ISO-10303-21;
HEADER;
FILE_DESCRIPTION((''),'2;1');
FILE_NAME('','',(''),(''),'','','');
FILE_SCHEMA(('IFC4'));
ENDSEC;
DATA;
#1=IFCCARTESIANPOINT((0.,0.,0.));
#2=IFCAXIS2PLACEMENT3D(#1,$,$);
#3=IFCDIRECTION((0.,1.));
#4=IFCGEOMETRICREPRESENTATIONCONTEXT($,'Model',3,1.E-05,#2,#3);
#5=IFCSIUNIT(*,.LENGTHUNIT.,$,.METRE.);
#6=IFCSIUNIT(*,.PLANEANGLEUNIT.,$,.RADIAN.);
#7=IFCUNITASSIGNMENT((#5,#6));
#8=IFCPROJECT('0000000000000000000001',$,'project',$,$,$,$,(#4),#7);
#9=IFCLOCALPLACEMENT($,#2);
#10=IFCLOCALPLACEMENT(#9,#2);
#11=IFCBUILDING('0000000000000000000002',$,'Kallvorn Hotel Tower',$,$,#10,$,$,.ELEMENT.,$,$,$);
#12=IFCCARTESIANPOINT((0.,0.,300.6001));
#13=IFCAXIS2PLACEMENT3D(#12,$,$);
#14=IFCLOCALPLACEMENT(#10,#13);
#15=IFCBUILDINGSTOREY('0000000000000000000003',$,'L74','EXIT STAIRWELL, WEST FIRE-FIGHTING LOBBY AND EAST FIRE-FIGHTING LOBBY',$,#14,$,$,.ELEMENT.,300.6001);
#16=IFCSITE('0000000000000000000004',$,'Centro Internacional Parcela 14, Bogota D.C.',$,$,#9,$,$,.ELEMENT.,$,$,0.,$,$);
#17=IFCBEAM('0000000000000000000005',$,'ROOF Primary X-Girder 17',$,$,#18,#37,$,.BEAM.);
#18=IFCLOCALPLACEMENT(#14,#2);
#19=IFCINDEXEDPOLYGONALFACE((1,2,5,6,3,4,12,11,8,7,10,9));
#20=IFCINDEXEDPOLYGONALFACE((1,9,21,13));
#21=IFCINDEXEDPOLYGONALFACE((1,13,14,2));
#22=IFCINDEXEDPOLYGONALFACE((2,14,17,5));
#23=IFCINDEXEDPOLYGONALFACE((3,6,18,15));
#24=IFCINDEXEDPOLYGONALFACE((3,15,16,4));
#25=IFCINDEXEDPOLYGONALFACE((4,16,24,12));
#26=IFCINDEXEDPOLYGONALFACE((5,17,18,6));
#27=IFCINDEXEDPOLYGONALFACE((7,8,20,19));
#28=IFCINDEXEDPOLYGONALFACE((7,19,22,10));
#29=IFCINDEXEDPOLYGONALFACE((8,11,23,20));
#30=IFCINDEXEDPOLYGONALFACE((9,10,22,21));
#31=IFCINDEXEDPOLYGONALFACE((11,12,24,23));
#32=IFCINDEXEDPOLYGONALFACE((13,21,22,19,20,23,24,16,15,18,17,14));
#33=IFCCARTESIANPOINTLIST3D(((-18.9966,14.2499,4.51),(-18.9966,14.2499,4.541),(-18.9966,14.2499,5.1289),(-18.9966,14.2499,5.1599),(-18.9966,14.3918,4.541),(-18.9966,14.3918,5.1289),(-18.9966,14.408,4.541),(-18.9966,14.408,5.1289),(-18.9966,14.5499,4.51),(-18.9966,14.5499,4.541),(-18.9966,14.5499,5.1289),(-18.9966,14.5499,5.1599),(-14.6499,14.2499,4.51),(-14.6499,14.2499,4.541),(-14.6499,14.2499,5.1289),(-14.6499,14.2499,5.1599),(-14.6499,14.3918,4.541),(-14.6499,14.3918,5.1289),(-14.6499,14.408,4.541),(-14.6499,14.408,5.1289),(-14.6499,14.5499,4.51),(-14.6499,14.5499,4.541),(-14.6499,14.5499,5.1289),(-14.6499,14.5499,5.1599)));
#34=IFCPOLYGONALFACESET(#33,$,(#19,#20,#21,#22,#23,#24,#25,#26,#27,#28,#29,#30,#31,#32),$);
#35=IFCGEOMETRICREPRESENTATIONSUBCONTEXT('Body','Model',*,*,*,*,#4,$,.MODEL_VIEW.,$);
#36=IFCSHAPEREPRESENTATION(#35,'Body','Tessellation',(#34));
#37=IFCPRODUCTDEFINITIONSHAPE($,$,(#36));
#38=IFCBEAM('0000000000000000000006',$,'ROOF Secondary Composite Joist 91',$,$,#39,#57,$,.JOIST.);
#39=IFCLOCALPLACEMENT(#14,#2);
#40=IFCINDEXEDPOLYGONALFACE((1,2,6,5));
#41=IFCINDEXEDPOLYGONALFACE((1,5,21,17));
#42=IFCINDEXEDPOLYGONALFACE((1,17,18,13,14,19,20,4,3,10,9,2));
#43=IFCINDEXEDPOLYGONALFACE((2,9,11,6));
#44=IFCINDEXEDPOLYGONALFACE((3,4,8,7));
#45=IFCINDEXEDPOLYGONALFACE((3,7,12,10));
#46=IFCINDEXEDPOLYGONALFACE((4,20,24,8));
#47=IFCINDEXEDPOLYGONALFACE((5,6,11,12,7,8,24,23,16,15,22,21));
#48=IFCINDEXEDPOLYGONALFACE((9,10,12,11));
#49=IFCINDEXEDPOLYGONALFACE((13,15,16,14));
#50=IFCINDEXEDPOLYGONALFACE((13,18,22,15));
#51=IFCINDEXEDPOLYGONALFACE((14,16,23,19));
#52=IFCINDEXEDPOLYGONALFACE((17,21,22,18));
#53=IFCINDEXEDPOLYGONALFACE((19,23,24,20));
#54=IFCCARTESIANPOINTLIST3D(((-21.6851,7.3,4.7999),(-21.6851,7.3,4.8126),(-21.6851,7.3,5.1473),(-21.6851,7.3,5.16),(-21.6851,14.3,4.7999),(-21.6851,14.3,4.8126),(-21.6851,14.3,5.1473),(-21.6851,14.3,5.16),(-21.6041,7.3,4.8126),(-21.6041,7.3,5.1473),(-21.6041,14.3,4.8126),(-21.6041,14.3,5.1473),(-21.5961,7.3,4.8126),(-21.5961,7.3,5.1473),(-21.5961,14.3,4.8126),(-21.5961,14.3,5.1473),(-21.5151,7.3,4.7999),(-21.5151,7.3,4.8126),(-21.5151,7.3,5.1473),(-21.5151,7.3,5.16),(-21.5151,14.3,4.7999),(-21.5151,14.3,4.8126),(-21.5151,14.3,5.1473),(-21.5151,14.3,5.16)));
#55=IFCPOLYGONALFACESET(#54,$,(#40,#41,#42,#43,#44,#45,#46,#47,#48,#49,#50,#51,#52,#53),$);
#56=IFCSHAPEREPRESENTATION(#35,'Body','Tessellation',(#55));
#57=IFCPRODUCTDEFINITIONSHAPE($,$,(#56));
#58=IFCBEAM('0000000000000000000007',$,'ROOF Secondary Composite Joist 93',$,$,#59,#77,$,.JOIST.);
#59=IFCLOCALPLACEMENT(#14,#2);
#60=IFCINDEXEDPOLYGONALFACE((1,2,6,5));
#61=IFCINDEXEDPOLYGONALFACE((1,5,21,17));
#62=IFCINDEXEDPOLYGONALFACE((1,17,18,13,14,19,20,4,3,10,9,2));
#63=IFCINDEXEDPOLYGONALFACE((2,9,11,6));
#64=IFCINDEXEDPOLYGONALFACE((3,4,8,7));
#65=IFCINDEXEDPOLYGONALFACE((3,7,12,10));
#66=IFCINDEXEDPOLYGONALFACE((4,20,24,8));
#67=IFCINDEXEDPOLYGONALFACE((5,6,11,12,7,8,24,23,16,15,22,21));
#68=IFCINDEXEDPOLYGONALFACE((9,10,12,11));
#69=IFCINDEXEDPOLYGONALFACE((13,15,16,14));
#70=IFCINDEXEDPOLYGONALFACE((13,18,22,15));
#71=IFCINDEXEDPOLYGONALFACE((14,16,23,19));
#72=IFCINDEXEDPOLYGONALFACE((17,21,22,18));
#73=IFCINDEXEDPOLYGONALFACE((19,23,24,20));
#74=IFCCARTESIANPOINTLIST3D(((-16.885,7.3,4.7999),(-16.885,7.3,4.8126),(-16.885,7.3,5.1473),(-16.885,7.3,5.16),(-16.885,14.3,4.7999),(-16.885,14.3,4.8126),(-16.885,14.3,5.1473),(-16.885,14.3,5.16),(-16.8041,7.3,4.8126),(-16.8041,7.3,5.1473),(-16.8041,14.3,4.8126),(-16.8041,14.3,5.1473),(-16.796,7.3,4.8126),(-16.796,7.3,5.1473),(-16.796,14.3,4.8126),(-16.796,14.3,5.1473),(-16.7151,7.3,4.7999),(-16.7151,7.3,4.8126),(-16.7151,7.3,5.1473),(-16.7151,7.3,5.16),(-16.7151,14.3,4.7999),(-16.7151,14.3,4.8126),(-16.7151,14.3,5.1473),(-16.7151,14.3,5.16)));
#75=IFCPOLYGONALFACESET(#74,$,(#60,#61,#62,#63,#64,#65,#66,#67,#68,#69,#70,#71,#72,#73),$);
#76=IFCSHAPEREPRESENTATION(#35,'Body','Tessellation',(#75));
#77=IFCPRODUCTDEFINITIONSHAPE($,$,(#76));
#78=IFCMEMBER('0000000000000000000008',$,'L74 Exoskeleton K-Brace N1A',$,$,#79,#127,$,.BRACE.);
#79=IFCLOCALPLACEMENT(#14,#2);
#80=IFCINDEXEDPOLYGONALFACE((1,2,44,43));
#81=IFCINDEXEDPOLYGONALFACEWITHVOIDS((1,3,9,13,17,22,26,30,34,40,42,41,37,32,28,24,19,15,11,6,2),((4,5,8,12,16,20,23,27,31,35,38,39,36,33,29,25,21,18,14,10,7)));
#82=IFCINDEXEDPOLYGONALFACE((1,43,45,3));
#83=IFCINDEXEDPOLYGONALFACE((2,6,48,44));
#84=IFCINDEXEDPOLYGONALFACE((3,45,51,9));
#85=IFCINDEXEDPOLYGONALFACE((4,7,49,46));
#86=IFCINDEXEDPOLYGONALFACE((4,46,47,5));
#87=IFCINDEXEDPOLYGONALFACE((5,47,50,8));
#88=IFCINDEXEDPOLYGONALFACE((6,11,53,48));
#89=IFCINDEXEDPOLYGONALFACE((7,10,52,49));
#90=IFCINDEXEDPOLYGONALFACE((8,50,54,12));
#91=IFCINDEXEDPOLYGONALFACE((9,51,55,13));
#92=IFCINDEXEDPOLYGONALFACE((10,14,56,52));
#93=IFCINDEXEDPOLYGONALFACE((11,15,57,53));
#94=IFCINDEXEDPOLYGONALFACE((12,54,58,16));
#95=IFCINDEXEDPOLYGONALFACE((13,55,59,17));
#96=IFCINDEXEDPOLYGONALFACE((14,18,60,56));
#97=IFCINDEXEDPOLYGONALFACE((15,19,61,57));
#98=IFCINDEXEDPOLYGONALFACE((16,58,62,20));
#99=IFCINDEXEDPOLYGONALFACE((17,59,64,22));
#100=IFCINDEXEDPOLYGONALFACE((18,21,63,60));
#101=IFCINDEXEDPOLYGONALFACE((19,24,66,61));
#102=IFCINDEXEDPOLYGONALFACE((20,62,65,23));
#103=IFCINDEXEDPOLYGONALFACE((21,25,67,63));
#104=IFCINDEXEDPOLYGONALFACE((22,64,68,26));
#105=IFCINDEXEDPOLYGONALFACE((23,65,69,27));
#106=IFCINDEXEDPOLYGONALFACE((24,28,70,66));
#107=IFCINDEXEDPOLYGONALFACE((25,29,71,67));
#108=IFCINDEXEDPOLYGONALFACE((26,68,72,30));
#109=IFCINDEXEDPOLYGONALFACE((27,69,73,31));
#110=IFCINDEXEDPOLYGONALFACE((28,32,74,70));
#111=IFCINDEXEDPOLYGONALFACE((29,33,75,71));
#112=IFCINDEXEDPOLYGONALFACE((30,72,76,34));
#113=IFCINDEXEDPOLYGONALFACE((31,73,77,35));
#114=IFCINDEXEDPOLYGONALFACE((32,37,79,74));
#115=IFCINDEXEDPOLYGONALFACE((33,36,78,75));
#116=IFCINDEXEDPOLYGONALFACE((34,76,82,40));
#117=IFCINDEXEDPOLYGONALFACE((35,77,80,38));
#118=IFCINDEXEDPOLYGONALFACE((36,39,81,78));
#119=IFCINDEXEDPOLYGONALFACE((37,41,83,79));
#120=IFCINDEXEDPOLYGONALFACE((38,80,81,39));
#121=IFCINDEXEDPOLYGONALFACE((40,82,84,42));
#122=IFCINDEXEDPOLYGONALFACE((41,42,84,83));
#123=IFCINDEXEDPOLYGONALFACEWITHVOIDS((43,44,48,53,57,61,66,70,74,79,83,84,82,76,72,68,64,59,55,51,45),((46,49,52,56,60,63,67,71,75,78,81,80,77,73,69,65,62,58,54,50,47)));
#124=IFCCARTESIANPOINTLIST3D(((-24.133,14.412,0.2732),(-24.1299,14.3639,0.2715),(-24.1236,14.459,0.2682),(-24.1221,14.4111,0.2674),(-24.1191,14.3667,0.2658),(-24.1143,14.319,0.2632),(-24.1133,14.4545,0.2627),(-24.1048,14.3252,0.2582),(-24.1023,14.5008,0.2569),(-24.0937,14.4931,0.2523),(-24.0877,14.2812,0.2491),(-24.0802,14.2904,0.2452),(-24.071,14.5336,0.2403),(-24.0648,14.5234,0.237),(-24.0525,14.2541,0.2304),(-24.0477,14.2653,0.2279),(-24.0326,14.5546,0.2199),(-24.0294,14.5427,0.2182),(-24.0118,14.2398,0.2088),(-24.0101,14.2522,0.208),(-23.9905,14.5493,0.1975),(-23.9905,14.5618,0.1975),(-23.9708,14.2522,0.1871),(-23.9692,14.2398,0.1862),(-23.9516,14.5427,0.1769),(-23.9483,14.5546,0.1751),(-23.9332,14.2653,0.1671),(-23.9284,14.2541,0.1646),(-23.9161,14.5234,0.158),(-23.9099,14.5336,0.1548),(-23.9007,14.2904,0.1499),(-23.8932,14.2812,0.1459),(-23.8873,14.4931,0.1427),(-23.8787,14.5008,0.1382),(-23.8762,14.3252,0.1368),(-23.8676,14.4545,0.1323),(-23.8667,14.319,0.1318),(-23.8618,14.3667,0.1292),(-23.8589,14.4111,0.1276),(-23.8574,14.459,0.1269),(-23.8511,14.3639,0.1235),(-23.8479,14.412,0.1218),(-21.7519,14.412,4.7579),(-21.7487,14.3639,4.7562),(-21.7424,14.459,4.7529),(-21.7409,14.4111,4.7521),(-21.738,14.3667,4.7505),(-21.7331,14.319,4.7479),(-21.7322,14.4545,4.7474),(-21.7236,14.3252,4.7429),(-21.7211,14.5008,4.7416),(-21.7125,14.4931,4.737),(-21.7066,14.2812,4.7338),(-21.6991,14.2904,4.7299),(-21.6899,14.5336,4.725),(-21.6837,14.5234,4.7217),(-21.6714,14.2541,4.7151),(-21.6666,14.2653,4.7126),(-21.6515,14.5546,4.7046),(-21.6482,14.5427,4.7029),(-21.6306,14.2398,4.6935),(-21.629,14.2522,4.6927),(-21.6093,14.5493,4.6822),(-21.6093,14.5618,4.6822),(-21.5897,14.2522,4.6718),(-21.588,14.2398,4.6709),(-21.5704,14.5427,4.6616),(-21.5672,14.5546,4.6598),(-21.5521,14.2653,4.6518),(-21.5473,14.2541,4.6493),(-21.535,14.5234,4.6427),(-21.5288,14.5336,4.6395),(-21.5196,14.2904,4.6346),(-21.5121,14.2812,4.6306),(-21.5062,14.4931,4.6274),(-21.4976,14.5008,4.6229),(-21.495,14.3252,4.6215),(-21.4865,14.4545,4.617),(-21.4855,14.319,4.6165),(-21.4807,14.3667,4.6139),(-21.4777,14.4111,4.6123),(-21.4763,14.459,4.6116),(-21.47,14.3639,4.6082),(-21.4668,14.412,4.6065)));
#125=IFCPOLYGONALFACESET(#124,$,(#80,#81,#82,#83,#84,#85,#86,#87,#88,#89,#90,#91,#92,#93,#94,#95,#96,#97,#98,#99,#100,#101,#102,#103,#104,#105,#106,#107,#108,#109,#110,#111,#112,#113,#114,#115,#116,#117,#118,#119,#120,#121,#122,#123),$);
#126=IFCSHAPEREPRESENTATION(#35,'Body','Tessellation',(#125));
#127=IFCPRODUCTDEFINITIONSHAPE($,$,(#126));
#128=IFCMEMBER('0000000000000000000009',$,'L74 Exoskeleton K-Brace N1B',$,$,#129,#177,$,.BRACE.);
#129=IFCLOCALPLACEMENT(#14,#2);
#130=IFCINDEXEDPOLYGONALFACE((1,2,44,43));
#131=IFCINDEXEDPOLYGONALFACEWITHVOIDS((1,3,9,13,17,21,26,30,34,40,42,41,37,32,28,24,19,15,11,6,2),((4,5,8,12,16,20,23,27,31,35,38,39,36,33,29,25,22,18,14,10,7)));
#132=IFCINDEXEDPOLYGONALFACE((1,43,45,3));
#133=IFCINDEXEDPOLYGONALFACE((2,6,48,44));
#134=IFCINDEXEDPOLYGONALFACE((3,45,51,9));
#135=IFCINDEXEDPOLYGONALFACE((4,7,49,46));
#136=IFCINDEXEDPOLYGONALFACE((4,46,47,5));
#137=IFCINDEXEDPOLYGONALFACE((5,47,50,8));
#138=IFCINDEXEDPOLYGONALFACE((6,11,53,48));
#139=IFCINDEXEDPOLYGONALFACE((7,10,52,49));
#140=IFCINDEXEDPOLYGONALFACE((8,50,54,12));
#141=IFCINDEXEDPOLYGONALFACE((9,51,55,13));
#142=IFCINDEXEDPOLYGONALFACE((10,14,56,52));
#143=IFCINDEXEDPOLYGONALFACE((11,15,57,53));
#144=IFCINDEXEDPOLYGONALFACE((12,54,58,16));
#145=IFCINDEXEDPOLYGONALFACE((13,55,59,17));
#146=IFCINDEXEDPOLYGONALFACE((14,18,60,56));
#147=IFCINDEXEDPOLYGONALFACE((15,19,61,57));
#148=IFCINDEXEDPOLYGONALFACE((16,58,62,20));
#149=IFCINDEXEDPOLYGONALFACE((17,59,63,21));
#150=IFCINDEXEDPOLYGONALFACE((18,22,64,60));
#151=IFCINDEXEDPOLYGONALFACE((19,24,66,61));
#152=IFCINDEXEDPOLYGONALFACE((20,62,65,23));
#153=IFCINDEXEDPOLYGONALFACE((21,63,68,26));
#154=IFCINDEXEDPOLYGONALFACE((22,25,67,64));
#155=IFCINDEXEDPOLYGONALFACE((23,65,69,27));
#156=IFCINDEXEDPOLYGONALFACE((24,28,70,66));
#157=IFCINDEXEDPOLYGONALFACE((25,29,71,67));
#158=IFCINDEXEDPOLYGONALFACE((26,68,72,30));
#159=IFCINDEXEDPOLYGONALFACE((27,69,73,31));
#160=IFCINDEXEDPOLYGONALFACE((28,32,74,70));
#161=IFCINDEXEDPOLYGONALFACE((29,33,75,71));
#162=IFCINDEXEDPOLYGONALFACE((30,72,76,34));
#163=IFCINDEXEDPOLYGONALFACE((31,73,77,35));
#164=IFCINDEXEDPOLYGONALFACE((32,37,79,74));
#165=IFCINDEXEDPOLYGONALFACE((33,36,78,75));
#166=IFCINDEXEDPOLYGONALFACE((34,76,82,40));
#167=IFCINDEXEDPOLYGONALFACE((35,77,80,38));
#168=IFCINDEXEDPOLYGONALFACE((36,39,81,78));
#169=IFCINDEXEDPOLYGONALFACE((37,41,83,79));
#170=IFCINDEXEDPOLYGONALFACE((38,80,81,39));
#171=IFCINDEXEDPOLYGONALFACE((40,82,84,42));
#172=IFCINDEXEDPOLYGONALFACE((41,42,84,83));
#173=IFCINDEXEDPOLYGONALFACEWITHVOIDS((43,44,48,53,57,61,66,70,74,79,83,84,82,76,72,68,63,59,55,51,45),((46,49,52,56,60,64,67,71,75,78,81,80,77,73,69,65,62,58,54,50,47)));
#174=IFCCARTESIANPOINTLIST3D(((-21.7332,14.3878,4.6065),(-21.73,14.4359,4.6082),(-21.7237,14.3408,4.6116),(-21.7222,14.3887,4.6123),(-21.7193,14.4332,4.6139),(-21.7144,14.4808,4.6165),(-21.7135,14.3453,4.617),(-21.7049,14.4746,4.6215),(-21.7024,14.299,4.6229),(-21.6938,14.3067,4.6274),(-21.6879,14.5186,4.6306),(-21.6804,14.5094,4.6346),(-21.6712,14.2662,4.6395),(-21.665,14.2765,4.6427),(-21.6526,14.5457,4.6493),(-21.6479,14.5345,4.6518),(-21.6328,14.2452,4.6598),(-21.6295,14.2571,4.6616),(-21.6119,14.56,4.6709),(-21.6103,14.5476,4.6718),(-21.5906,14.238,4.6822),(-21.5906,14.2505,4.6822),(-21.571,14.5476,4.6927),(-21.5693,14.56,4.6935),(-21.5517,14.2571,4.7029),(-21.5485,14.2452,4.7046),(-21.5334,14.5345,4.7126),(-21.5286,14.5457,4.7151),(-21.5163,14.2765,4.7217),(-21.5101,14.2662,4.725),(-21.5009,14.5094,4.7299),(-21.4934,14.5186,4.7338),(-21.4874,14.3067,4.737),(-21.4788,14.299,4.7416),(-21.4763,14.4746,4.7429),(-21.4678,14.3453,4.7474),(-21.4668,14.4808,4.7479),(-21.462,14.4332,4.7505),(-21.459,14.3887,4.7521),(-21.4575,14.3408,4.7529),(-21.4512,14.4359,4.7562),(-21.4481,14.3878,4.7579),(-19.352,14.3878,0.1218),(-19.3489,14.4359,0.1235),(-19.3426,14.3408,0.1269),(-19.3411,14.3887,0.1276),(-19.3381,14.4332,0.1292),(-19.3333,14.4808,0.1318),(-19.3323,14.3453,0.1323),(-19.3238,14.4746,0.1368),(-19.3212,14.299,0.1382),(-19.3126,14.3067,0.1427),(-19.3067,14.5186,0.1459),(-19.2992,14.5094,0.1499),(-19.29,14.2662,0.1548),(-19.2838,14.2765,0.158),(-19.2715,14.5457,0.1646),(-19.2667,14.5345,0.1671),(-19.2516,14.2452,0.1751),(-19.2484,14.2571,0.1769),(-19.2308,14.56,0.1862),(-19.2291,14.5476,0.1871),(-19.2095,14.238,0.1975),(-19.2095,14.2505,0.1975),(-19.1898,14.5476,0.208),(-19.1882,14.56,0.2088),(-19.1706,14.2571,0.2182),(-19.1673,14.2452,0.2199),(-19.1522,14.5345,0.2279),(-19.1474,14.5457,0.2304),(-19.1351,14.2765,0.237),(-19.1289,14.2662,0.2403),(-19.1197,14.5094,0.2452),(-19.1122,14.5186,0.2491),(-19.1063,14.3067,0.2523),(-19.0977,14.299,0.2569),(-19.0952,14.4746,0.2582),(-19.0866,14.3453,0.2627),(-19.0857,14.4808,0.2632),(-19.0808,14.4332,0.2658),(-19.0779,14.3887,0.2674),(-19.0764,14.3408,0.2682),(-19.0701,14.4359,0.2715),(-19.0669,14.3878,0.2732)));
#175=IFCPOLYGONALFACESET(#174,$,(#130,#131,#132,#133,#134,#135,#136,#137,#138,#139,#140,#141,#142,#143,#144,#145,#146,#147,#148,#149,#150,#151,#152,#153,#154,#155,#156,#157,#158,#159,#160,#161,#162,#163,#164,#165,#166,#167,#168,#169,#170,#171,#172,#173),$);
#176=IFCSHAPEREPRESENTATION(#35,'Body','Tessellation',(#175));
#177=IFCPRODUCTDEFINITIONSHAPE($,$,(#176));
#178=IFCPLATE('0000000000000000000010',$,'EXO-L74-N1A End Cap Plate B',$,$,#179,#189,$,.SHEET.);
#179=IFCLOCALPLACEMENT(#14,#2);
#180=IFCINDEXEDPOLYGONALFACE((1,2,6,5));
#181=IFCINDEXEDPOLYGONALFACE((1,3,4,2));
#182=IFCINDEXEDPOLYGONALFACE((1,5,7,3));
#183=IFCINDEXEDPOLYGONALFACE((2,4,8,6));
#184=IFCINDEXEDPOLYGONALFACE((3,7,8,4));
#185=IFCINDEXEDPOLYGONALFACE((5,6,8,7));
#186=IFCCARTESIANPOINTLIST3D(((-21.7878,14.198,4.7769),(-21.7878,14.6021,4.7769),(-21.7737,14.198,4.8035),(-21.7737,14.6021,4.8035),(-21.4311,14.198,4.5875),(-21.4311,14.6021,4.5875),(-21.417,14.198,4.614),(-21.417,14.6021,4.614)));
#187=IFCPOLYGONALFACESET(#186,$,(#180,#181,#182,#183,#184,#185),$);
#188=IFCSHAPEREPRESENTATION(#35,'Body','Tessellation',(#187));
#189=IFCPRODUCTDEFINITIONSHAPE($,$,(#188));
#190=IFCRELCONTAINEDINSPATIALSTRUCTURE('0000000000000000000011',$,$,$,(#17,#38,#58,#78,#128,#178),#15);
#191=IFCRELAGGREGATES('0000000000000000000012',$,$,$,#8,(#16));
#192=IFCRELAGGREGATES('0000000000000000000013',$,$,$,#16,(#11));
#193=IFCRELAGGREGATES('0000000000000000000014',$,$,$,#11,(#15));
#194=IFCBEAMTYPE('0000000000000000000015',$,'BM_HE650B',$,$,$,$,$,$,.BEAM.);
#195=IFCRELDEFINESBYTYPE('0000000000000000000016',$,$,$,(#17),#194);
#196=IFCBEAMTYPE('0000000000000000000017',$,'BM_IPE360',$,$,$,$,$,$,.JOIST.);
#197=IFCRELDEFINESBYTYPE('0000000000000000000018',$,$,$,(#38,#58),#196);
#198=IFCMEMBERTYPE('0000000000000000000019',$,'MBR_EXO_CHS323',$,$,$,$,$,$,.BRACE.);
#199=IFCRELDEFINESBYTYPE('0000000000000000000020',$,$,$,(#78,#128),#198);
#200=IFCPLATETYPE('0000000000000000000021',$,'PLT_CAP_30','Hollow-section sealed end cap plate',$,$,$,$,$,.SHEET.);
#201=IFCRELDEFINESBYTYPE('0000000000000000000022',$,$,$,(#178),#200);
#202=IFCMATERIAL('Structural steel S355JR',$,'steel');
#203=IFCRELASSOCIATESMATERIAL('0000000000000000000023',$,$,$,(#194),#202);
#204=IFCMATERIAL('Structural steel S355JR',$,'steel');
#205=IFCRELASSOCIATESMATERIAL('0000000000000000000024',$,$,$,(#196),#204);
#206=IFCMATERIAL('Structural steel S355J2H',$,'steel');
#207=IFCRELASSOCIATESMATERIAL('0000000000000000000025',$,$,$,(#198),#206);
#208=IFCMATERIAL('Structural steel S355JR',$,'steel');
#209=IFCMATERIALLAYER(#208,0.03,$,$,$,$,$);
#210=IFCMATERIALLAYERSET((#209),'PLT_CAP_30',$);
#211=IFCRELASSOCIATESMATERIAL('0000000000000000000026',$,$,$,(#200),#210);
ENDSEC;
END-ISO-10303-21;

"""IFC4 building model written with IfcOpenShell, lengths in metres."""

from ifc_helpers import new_model, si_unit, direction, frame, origin, origin_2d, place, context, subcontext, project, spatial, polyline, hollow_circle, i_section, outline, extrude, material, layer, layer_set, material_profile, profile_set, type_object, element, save


model = new_model("IFC4")

# Units and contexts
model_context = context("Model", 3, precision=1e-05, world=origin(), true_north=direction((0.0, 1.0)))
body_context = subcontext(model_context, "Body", "Model", "MODEL_VIEW")
ifc_project = project(units=[si_unit("LENGTHUNIT", "METRE"), si_unit("PLANEANGLEUNIT", "RADIAN")], contexts=[model_context])

# Site, building, storey
site_placement = place(None, origin())
site = spatial("IfcSite", under=ifc_project, at=site_placement, Name="Centro Internacional Parcela 14, Bogota D.C.", CompositionType="ELEMENT", RefElevation=0.0)
building_placement = place(site_placement, origin())
building = spatial("IfcBuilding", under=site, at=building_placement, Name="Kallvorn Hotel Tower", CompositionType="ELEMENT")
storey_placement = place(building_placement, frame((0.0, 0.0, 300.6001)))
storey = spatial("IfcBuildingStorey", under=building, at=storey_placement, Name="L74", Description="EXIT STAIRWELL, WEST FIRE-FIGHTING LOBBY AND EAST FIRE-FIGHTING LOBBY", CompositionType="ELEMENT", Elevation=300.6001)

# Beams
ifc_material_1 = material(Name="Structural steel S355JR", Category="steel")
ifc_material_profile_1 = material_profile(ifc_material_1, i_section(OverallWidth=0.3, OverallDepth=0.6499, WebThickness=0.0161, FlangeThickness=0.031, at=origin_2d()), Name="HE 650 B")
ifc_profile_set_1 = profile_set([ifc_material_profile_1], Name="Structural steel S355JR")
beam_type_1 = type_object("IfcBeamType", Name="BM_HE650B", PredefinedType="BEAM", material=ifc_profile_set_1)
beam_1_placement = place(storey_placement, frame((-18.9966, 14.3999, 4.835), z_axis=(1.0, 0.0, 0.0), x_axis=(0.0, 1.0, 0.0)))
element("IfcBeam", 1, at=beam_1_placement, inside=storey, type_object=beam_type_1, Name="ROOF Primary X-Girder 17", PredefinedType="BEAM", context=body_context, shape_type="SweptSolid", body=[
    extrude(i_section(OverallWidth=0.3, OverallDepth=0.6499, WebThickness=0.0161, FlangeThickness=0.031, at=origin_2d()), origin(), (0.0, 0.0, 1.0), 4.3467),
])
ifc_material_2 = material(Name="Structural steel S355JR", Category="steel")
ifc_material_profile_2 = material_profile(ifc_material_2, i_section(OverallWidth=0.1699, OverallDepth=0.3601, WebThickness=0.0081, FlangeThickness=0.0127, at=origin_2d()), Name="IPE 360")
ifc_profile_set_2 = profile_set([ifc_material_profile_2], Name="Structural steel S355JR")
beam_type_2 = type_object("IfcBeamType", Name="BM_IPE360", PredefinedType="JOIST", material=ifc_profile_set_2)
for number, where, z_axis, x_axis, name in (
    (2, (-21.6001, 7.3, 4.98), (0.0, 1.0, 0.0), (-1.0, 0.0, 0.0), "ROOF Secondary Composite Joist 91"),
    (3, (-16.8, 7.3, 4.98), (0.0, 1.0, 0.0), (-1.0, 0.0, 0.0), "ROOF Secondary Composite Joist 93"),
):
    element("IfcBeam", number, at=place(storey_placement, frame(where, z_axis=z_axis, x_axis=x_axis)), inside=storey, type_object=beam_type_2, Name=name, PredefinedType="JOIST", context=body_context, shape_type="SweptSolid", body=[
        extrude(i_section(OverallWidth=0.1699, OverallDepth=0.3601, WebThickness=0.0081, FlangeThickness=0.0127, at=origin_2d()), origin(), (0.0, 0.0, 1.0), 7.0),
    ])

# Members
ifc_material_3 = material(Name="Structural steel S355J2H", Category="steel")
ifc_material_profile_3 = material_profile(ifc_material_3, hollow_circle(Radius=0.1619, WallThickness=0.0125, at=origin_2d()), Name="CHS 323.9x12.5")
ifc_profile_set_3 = profile_set([ifc_material_profile_3], Name="Structural steel S355J2H")
member_type = type_object("IfcMemberType", Name="MBR_EXO_CHS323", PredefinedType="BRACE", material=ifc_profile_set_3)
for number, where, z_axis, x_axis, name in (
    (4, (-23.9905, 14.3999, 0.1975), (0.468948, 0.0, 0.883226), (0.0, 1.0, 0.0), "L74 Exoskeleton K-Brace N1A"),
    (5, (-19.2095, 14.3999, 0.1975), (-0.468948, 0.0, 0.883226), (0.0, -1.0, 0.0), "L74 Exoskeleton K-Brace N1B"),
):
    element("IfcMember", number, at=place(storey_placement, frame(where, z_axis=z_axis, x_axis=x_axis)), inside=storey, type_object=member_type, Name=name, PredefinedType="BRACE", context=body_context, shape_type="SweptSolid", body=[
        extrude(hollow_circle(Radius=0.1619, WallThickness=0.0125, at=origin_2d()), origin(), (0.0, 0.0, 1.0), 5.0776),
    ])

# Plate
ifc_material_4 = material(Name="Structural steel S355JR", Category="steel")
ifc_layer_1 = layer(ifc_material_4, 0.03)
ifc_layer_set_1 = layer_set([ifc_layer_1], Name="PLT_CAP_30")
plate_type_1 = type_object("IfcPlateType", Name="PLT_CAP_30", Description="Hollow-section sealed end cap plate", PredefinedType="SHEET", material=ifc_layer_set_1)
for number, where, z_axis, x_axis, name in (
    (6, (-21.417, 14.198, 4.614), (0.469082, 0.0, 0.883155), (0.0, 1.0, 0.0), "EXO-L74-N1A End Cap Plate B"),
):
    element("IfcPlate", number, at=place(storey_placement, frame(where, z_axis=z_axis, x_axis=x_axis)), inside=storey, type_object=plate_type_1, Name=name, PredefinedType="SHEET", context=body_context, shape_type="SweptSolid", body=[
        extrude(outline(polyline([(0.0, 0.0), (0.4041, 0.0), (0.4041, 0.4039), (0.0, 0.4039), (0.0, 0.0)])), origin(), (0.0, 0.0, -1.0), 0.03),
    ])

save(model, "model.ifc")
